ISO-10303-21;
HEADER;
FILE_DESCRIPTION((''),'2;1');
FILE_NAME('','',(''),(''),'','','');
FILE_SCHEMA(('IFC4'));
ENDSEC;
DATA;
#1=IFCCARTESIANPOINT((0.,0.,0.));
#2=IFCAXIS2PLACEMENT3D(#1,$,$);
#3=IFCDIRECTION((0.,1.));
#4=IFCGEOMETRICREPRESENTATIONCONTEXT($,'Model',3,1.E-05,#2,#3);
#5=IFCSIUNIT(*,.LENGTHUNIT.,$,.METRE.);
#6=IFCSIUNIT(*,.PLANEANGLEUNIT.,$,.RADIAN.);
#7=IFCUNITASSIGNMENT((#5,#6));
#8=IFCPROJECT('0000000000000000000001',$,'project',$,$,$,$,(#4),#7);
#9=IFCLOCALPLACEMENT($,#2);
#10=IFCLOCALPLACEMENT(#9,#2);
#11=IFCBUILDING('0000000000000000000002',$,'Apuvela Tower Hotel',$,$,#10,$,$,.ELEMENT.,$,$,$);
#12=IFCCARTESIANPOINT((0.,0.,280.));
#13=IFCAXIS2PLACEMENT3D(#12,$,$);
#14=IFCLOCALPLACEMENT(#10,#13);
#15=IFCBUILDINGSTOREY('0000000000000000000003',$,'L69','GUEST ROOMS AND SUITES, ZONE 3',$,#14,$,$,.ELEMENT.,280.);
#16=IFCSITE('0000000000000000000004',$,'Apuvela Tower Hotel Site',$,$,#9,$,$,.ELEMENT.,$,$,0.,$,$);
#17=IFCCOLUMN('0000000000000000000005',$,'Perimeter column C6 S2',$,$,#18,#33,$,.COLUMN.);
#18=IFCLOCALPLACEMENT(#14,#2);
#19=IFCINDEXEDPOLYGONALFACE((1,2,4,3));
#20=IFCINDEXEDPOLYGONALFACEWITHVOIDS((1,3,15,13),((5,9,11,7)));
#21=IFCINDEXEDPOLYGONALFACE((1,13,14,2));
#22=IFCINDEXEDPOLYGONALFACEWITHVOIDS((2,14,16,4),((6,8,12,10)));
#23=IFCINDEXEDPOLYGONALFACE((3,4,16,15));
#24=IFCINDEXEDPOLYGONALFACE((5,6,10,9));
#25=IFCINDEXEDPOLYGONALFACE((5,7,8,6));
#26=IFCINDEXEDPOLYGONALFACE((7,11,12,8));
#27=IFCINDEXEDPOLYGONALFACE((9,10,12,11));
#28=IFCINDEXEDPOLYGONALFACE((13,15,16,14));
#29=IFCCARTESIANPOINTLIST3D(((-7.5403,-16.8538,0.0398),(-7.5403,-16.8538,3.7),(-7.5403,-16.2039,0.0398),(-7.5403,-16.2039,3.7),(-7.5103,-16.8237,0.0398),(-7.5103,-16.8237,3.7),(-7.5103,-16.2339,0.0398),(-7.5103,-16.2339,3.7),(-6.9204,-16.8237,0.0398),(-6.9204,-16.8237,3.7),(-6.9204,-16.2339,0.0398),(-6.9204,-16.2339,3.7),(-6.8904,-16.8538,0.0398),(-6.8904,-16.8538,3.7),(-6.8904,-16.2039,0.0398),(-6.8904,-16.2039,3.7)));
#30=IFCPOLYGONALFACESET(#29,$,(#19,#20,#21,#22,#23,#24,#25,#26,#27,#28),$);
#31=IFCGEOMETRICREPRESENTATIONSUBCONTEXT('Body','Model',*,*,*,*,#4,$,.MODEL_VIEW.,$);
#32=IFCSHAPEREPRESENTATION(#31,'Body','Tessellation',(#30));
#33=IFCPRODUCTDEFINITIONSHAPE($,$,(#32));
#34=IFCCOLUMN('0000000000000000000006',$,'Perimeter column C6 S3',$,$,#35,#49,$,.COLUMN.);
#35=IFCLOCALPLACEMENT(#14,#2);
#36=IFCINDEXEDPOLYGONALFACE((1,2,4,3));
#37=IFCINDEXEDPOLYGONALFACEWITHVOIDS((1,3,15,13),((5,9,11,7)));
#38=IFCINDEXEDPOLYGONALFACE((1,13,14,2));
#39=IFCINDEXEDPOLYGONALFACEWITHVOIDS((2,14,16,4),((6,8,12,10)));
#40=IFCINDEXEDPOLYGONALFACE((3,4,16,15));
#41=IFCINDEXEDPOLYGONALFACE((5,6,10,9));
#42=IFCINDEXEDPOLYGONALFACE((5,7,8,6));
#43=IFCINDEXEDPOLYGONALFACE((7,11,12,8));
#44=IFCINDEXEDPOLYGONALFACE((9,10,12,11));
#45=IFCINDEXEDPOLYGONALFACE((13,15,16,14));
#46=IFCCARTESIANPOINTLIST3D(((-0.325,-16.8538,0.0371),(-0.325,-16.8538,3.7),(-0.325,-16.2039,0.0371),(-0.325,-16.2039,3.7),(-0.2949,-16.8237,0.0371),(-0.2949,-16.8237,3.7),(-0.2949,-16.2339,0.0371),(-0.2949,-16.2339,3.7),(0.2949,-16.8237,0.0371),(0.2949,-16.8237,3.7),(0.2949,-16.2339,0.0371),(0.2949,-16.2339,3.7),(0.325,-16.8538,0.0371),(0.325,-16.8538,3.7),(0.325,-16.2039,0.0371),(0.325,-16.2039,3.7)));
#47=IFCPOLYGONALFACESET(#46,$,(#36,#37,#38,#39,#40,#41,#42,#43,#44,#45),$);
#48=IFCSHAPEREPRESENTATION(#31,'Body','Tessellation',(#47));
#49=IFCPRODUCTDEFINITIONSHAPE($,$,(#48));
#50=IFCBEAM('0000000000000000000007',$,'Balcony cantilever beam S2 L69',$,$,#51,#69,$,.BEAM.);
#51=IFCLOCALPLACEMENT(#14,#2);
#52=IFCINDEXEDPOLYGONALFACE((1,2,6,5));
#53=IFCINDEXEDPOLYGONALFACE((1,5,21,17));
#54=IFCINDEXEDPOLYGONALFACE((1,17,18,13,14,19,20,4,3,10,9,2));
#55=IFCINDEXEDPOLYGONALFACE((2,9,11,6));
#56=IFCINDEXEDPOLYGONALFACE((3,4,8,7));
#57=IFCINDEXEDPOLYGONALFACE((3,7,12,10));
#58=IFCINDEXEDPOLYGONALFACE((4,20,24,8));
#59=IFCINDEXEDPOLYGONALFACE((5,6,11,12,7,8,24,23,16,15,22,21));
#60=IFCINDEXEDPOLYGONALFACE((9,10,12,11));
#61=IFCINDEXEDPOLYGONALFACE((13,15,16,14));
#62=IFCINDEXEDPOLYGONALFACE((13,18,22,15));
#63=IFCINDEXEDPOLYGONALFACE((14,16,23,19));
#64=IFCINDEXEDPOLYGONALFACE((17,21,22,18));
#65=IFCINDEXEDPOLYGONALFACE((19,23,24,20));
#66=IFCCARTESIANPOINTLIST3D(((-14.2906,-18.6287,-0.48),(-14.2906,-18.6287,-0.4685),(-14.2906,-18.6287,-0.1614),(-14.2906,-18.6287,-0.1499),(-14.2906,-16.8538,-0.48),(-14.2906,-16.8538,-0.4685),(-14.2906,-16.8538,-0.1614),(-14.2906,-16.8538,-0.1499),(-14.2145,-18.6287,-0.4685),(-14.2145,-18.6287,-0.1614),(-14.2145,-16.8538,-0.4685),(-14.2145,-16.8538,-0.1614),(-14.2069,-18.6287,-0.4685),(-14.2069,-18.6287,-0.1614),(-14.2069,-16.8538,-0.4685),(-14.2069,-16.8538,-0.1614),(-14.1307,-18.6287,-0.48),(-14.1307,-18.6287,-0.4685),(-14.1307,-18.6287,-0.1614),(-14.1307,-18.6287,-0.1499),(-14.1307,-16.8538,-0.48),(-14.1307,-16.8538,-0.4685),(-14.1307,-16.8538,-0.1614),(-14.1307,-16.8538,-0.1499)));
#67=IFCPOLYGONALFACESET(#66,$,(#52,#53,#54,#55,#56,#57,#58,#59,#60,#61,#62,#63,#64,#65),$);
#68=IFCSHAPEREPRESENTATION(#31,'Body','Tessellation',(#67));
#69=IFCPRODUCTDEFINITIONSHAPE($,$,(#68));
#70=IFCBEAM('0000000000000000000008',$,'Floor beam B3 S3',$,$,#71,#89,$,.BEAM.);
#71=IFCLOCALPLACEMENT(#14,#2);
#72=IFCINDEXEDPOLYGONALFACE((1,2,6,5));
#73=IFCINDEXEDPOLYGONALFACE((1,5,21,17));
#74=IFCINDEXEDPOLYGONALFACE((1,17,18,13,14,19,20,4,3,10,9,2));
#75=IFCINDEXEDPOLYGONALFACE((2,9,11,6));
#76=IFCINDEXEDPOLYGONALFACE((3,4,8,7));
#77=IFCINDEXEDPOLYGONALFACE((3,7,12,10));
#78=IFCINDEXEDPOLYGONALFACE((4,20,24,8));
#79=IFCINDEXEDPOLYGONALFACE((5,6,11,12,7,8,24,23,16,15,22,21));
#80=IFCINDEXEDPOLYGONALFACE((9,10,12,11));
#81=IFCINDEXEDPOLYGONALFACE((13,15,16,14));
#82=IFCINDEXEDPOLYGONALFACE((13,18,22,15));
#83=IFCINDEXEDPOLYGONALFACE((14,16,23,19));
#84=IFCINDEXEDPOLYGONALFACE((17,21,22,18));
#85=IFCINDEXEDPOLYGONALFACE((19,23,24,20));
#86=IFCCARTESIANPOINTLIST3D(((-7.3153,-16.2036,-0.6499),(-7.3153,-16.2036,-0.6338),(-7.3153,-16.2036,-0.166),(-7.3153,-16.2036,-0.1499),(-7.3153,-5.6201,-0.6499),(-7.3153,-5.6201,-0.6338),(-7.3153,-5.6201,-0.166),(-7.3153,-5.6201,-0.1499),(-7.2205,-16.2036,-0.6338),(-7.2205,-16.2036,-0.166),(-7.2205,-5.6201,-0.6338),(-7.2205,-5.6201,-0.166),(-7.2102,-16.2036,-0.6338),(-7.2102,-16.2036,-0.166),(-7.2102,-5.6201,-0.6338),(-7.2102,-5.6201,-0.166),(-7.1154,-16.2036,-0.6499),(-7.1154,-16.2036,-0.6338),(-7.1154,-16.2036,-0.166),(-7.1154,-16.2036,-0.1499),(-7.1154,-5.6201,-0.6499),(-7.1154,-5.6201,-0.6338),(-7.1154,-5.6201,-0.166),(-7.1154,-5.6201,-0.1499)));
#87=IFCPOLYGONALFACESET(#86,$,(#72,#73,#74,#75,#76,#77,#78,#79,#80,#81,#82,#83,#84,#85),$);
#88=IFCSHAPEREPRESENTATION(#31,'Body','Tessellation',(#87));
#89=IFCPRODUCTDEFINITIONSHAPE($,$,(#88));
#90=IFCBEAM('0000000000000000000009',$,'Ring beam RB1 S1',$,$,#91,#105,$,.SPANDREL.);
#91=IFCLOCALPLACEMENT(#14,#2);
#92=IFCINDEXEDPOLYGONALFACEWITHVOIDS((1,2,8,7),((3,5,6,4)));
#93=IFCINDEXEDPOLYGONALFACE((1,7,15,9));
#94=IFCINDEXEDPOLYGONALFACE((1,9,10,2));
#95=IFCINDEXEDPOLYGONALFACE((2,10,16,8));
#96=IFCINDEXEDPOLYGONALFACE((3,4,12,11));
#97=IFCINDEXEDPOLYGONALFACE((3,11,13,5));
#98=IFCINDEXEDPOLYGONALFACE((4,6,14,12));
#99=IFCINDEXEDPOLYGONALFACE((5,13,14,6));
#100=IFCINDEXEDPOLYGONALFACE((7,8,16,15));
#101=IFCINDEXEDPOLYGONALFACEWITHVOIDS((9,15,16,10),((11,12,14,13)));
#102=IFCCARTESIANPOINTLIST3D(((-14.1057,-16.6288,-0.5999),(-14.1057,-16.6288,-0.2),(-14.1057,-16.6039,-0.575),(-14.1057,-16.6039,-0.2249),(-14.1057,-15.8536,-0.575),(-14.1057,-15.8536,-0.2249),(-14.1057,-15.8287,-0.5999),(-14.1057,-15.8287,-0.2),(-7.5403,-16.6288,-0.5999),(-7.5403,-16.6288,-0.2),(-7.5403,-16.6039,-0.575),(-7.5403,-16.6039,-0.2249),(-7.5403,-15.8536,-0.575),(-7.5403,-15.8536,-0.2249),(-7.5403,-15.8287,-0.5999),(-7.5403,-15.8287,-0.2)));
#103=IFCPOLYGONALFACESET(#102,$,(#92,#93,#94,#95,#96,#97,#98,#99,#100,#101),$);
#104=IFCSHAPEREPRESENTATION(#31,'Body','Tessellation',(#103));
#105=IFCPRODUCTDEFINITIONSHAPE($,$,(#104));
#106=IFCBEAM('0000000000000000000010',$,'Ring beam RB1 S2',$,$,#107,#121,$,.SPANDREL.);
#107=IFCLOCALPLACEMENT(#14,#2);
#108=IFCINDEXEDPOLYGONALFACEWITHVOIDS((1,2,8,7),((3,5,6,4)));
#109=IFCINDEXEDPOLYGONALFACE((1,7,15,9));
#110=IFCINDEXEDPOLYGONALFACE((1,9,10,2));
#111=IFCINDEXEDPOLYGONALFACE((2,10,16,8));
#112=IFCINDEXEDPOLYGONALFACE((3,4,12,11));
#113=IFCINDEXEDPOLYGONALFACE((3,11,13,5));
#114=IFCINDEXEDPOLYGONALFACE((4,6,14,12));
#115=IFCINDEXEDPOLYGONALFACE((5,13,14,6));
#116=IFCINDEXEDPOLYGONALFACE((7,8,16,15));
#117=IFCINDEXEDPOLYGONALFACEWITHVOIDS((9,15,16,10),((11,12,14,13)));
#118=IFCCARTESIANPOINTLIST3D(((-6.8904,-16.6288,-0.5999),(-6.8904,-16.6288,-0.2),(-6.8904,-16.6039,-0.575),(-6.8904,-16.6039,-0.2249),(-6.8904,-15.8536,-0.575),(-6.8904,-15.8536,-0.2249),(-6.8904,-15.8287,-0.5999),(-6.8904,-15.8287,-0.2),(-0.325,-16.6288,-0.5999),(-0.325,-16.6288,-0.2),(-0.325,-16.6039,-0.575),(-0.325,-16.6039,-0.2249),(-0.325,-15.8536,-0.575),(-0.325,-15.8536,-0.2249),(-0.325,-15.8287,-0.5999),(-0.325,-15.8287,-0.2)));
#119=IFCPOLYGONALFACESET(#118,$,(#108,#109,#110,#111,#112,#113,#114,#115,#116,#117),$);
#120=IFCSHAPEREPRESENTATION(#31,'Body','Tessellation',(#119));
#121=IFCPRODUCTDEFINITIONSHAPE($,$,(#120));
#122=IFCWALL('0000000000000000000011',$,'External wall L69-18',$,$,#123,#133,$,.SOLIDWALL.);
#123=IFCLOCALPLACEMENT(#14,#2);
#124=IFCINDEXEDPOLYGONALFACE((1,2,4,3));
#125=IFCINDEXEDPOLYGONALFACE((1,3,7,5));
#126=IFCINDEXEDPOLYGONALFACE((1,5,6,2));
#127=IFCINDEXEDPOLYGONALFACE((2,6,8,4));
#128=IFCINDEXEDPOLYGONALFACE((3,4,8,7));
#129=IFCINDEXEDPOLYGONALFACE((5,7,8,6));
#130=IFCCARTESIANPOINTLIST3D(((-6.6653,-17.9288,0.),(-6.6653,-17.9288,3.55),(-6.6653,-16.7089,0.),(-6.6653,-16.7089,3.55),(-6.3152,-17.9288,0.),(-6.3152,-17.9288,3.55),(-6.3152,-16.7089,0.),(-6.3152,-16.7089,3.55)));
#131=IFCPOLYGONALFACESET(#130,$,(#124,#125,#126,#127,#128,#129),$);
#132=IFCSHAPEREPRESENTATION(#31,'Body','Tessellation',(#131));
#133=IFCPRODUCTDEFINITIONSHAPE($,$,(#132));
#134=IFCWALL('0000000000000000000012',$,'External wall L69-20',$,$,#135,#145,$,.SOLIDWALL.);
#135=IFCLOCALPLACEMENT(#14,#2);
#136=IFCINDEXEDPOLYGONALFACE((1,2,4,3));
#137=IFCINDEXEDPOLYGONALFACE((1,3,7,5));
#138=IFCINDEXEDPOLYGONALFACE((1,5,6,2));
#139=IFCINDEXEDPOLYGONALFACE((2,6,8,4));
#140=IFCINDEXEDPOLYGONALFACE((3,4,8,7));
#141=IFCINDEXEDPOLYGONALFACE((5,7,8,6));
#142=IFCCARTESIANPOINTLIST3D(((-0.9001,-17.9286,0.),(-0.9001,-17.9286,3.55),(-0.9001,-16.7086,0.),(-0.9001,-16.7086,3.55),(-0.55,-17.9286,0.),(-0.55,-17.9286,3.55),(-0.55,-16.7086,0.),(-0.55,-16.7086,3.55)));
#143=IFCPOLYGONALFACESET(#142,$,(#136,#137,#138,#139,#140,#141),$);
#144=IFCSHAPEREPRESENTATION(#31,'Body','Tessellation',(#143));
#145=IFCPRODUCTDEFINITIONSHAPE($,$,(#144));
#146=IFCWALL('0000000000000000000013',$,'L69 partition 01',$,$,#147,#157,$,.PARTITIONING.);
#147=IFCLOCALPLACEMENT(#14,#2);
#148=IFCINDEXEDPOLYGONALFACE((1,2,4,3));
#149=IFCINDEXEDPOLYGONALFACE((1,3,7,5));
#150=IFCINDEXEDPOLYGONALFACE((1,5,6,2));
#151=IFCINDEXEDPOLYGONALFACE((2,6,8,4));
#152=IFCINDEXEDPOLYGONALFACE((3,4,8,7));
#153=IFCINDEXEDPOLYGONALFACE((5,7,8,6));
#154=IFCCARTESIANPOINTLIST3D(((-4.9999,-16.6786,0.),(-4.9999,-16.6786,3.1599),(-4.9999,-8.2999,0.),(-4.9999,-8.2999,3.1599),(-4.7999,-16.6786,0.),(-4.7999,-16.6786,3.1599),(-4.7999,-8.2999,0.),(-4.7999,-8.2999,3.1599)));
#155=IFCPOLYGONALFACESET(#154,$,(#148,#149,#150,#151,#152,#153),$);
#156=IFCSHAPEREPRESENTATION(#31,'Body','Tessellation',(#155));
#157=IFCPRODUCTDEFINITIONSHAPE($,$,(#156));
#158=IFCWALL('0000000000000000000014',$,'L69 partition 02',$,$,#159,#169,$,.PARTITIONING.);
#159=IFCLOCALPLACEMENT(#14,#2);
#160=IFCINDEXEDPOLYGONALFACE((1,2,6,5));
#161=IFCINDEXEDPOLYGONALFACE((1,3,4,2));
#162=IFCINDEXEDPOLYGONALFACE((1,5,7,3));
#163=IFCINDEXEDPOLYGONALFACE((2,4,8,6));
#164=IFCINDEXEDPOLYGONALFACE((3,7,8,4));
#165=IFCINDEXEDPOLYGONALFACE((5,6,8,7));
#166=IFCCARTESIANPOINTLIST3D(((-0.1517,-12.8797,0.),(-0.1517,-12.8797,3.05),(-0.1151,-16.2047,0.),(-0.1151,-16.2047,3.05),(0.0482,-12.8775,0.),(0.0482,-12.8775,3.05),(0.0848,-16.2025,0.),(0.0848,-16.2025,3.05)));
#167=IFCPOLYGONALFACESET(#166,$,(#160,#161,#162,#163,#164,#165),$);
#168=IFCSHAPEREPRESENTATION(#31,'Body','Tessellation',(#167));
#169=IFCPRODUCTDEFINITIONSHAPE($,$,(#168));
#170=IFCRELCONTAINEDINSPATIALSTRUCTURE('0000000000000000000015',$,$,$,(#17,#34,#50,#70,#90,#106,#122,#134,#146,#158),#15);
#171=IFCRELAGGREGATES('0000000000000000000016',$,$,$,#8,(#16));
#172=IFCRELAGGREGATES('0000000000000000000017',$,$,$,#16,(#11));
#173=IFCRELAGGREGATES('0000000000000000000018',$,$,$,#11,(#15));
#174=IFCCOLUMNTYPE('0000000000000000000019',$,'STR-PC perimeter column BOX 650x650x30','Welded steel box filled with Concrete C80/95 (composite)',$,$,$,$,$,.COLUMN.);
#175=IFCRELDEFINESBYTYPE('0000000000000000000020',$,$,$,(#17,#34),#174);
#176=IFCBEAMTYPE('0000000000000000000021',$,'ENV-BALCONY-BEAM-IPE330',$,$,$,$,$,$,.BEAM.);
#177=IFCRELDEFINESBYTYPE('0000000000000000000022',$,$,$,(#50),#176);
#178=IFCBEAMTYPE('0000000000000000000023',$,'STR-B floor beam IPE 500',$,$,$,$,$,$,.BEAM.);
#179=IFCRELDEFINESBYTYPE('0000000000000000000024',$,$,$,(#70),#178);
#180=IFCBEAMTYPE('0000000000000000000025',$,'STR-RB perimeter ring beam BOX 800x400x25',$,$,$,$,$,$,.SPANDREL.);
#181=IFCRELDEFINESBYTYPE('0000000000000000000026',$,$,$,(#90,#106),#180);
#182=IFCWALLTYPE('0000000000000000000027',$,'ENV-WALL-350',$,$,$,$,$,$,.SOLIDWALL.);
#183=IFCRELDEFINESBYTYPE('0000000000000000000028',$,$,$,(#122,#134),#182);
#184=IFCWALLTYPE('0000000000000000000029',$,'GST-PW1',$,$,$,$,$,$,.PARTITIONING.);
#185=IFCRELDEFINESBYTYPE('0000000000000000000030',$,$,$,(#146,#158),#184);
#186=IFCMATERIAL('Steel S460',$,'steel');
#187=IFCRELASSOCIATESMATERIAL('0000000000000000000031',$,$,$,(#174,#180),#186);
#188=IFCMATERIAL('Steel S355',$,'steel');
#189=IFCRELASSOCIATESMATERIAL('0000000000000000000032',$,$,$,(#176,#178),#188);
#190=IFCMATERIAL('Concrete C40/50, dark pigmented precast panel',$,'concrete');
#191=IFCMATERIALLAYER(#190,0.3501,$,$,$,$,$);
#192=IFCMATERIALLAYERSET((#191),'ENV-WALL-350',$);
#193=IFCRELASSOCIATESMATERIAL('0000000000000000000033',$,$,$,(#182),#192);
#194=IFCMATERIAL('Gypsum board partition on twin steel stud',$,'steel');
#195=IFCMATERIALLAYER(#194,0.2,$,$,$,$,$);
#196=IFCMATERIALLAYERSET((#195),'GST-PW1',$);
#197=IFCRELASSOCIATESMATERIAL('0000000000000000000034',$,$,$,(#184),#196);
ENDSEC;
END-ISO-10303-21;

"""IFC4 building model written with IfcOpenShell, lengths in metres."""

from ifc_helpers import new_model, si_unit, direction, frame, frame_2d, origin, origin_2d, place, context, subcontext, project, spatial, rectangle, hollow_rectangle, i_section, extrude, boolean, halfspace, material, layer, layer_set, material_profile, profile_set, type_object, element, save


model = new_model("IFC4")

# Units and contexts
model_context = context("Model", 3, precision=1e-05, world=origin(), true_north=direction((0.0, 1.0)))
body_context = subcontext(model_context, "Body", "Model", "MODEL_VIEW")
ifc_project = project(units=[si_unit("LENGTHUNIT", "METRE"), si_unit("PLANEANGLEUNIT", "RADIAN")], contexts=[model_context])

# Site, building, storey
site_placement = place(None, origin())
site = spatial("IfcSite", under=ifc_project, at=site_placement, Name="Apuvela Tower Hotel Site", CompositionType="ELEMENT", RefElevation=0.0)
building_placement = place(site_placement, origin())
building = spatial("IfcBuilding", under=site, at=building_placement, Name="Apuvela Tower Hotel", CompositionType="ELEMENT")
storey_placement = place(building_placement, frame((0.0, 0.0, 280.0)))
storey = spatial("IfcBuildingStorey", under=building, at=storey_placement, Name="L69", Description="GUEST ROOMS AND SUITES, ZONE 3", CompositionType="ELEMENT", Elevation=280.0)

# Columns
ifc_material_1 = material(Name="Steel S460", Category="steel")
ifc_material_profile_1 = material_profile(ifc_material_1, hollow_rectangle(XDim=0.6499, YDim=0.6499, WallThickness=0.03, at=origin_2d()), Name="BOX 650x650x30")
ifc_material_2 = material(Name="Concrete C80/95", Category="concrete")
ifc_material_profile_2 = material_profile(ifc_material_2, rectangle(XDim=0.5901, YDim=0.5901, at=origin_2d()), Name="Concrete C80/95 infill")
ifc_profile_set_1 = profile_set([ifc_material_profile_1, ifc_material_profile_2], Name="Steel S460")
column_type = type_object("IfcColumnType", Name="STR-PC perimeter column BOX 650x650x30", Description="Welded steel box filled with Concrete C80/95 (composite)", PredefinedType="COLUMN", material=ifc_profile_set_1)
column_1_placement = place(storey_placement, frame((-7.2153, -16.5288, 0.0), z_axis=(0.0, 0.0, 1.0), x_axis=(-1.0, 0.0, 0.0)))
element("IfcColumn", 1, at=column_1_placement, inside=storey, type_object=column_type, Name="Perimeter column C6 S2", PredefinedType="COLUMN", context=body_context, shape_type="SweptSolid", body=[
    boolean("DIFFERENCE", extrude(hollow_rectangle(XDim=0.6499, YDim=0.6499, WallThickness=0.03, at=origin_2d()), origin(), (0.0, 0.0, 1.0), 3.7), halfspace(frame((0.0, 0.0, 0.0398), z_axis=(0.0, 0.0, 1.0), x_axis=(1.0, 0.0, 0.0)), True)),
])
column_2_placement = place(storey_placement, frame((0.0, -16.5288, 0.0), z_axis=(0.0, 0.0, 1.0), x_axis=(-1.0, 0.0, 0.0)))
element("IfcColumn", 2, at=column_2_placement, inside=storey, type_object=column_type, Name="Perimeter column C6 S3", PredefinedType="COLUMN", context=body_context, shape_type="SweptSolid", body=[
    boolean("DIFFERENCE", extrude(hollow_rectangle(XDim=0.6499, YDim=0.6499, WallThickness=0.03, at=origin_2d()), origin(), (0.0, 0.0, 1.0), 3.7), halfspace(frame((0.0, 0.0, 0.0371), z_axis=(0.0, 0.0, 1.0), x_axis=(1.0, 0.0, 0.0)), True)),
])

# Beams
ifc_material_3 = material(Name="Steel S355", Category="steel")
ifc_material_profile_3 = material_profile(ifc_material_3, i_section(OverallWidth=0.1599, OverallDepth=0.3301, WebThickness=0.0076, FlangeThickness=0.0115, at=origin_2d()), Name="IPE 330")
ifc_profile_set_2 = profile_set([ifc_material_profile_3], Name="Steel S355")
beam_type_1 = type_object("IfcBeamType", Name="ENV-BALCONY-BEAM-IPE330", PredefinedType="BEAM", material=ifc_profile_set_2)
beam_1_placement = place(storey_placement, frame((-14.2107, -16.8538, -0.3149), z_axis=(0.0, -1.0, 0.0), x_axis=(1.0, 0.0, 0.0)))
element("IfcBeam", 3, at=beam_1_placement, inside=storey, type_object=beam_type_1, Name="Balcony cantilever beam S2 L69", PredefinedType="BEAM", context=body_context, shape_type="SweptSolid", body=[
    extrude(i_section(OverallWidth=0.1599, OverallDepth=0.3301, WebThickness=0.0076, FlangeThickness=0.0115, at=origin_2d()), origin(), (0.0, 0.0, 1.0), 1.7749),
])
ifc_material_profile_4 = material_profile(ifc_material_3, i_section(OverallWidth=0.2, OverallDepth=0.5, WebThickness=0.0103, FlangeThickness=0.0161, at=origin_2d()), Name="IPE 500")
ifc_profile_set_3 = profile_set([ifc_material_profile_4], Name="Steel S355")
beam_type_2 = type_object("IfcBeamType", Name="STR-B floor beam IPE 500", PredefinedType="BEAM", material=ifc_profile_set_3)
beam_2_placement = place(storey_placement, frame((-7.2153, -16.2036, -0.3999), z_axis=(0.0, 1.0, 0.0), x_axis=(-1.0, 0.0, 0.0)))
element("IfcBeam", 4, at=beam_2_placement, inside=storey, type_object=beam_type_2, Name="Floor beam B3 S3", PredefinedType="BEAM", context=body_context, shape_type="SweptSolid", body=[
    extrude(i_section(OverallWidth=0.2, OverallDepth=0.5, WebThickness=0.0103, FlangeThickness=0.0161, at=origin_2d()), origin(), (0.0, 0.0, 1.0), 10.5835),
])
ifc_material_profile_5 = material_profile(ifc_material_1, hollow_rectangle(XDim=0.8, YDim=0.3999, WallThickness=0.0249, at=origin_2d()), Name="BOX 800x400x25")
ifc_profile_set_4 = profile_set([ifc_material_profile_5], Name="Steel S460")
beam_type_3 = type_object("IfcBeamType", Name="STR-RB perimeter ring beam BOX 800x400x25", PredefinedType="SPANDREL", material=ifc_profile_set_4)
for number, where, z_axis, x_axis, name in (
    (5, (-14.1057, -16.2288, -0.3999), (1.0, 0.0, 0.0), (0.0, 1.0, 0.0), "Ring beam RB1 S1"),
    (6, (-6.8904, -16.2288, -0.3999), (1.0, 0.0, 0.0), (0.0, 1.0, 0.0), "Ring beam RB1 S2"),
):
    element("IfcBeam", number, at=place(storey_placement, frame(where, z_axis=z_axis, x_axis=x_axis)), inside=storey, type_object=beam_type_3, Name=name, PredefinedType="SPANDREL", context=body_context, shape_type="SweptSolid", body=[
        extrude(hollow_rectangle(XDim=0.8, YDim=0.3999, WallThickness=0.0249, at=origin_2d()), origin(), (0.0, 0.0, 1.0), 6.5654),
    ])

# Wall
ifc_material_4 = material(Name="Concrete C40/50, dark pigmented precast panel", Category="concrete")
ifc_layer_1 = layer(ifc_material_4, 0.3501)
ifc_layer_set_1 = layer_set([ifc_layer_1], Name="ENV-WALL-350")
wall_type_1 = type_object("IfcWallType", Name="ENV-WALL-350", PredefinedType="SOLIDWALL", material=ifc_layer_set_1)
wall_1_placement = place(storey_placement, frame((-6.4902, -17.9287, 0.0), z_axis=(0.0, 0.0, 1.0), x_axis=(0.0, 1.0, 0.0)))
element("IfcWall", 7, at=wall_1_placement, inside=storey, type_object=wall_type_1, Name="External wall L69-18", PredefinedType="SOLIDWALL", context=body_context, shape_type="SweptSolid", body=[
    extrude(rectangle(XDim=1.22, YDim=0.3501, at=frame_2d((0.6099, 0.0))), origin(), (0.0, 0.0, 1.0), 3.55),
])

# Wall
wall_2_placement = place(storey_placement, frame((-0.7251, -16.7087, 0.0), z_axis=(0.0, 0.0, 1.0), x_axis=(0.0, -1.0, 0.0)))
element("IfcWall", 8, at=wall_2_placement, inside=storey, type_object=wall_type_1, Name="External wall L69-20", PredefinedType="SOLIDWALL", context=body_context, shape_type="SweptSolid", body=[
    extrude(rectangle(XDim=1.22, YDim=0.3501, at=frame_2d((0.6099, 0.0))), origin(), (0.0, 0.0, 1.0), 3.55),
])

# Walls
ifc_material_5 = material(Name="Gypsum board partition on twin steel stud", Category="steel")
ifc_layer_2 = layer(ifc_material_5, 0.2)
ifc_layer_set_2 = layer_set([ifc_layer_2], Name="GST-PW1")
wall_type_2 = type_object("IfcWallType", Name="GST-PW1", PredefinedType="PARTITIONING", material=ifc_layer_set_2)
wall_3_placement = place(storey_placement, frame((-4.8999, -16.6787, 0.0), z_axis=(0.0, 0.0, 1.0), x_axis=(0.0, 1.0, 0.0)))
element("IfcWall", 9, at=wall_3_placement, inside=storey, type_object=wall_type_2, Name="L69 partition 01", PredefinedType="PARTITIONING", context=body_context, shape_type="SweptSolid", body=[
    extrude(rectangle(XDim=8.3787, YDim=0.2, at=frame_2d((4.1895, 0.0))), origin(), (0.0, 0.0, 1.0), 3.1599),
])
wall_4_placement = place(storey_placement, frame((-0.0151, -16.2036, 0.0), z_axis=(0.0, 0.0, 1.0), x_axis=(-0.011013, 0.999939, 0.0)))
element("IfcWall", 10, at=wall_4_placement, inside=storey, type_object=wall_type_2, Name="L69 partition 02", PredefinedType="PARTITIONING", context=body_context, shape_type="SweptSolid", body=[
    extrude(rectangle(XDim=3.3252, YDim=0.2, at=frame_2d((1.6626, 0.0))), origin(), (0.0, 0.0, 1.0), 3.05),
])

save(model, "model.ifc")
